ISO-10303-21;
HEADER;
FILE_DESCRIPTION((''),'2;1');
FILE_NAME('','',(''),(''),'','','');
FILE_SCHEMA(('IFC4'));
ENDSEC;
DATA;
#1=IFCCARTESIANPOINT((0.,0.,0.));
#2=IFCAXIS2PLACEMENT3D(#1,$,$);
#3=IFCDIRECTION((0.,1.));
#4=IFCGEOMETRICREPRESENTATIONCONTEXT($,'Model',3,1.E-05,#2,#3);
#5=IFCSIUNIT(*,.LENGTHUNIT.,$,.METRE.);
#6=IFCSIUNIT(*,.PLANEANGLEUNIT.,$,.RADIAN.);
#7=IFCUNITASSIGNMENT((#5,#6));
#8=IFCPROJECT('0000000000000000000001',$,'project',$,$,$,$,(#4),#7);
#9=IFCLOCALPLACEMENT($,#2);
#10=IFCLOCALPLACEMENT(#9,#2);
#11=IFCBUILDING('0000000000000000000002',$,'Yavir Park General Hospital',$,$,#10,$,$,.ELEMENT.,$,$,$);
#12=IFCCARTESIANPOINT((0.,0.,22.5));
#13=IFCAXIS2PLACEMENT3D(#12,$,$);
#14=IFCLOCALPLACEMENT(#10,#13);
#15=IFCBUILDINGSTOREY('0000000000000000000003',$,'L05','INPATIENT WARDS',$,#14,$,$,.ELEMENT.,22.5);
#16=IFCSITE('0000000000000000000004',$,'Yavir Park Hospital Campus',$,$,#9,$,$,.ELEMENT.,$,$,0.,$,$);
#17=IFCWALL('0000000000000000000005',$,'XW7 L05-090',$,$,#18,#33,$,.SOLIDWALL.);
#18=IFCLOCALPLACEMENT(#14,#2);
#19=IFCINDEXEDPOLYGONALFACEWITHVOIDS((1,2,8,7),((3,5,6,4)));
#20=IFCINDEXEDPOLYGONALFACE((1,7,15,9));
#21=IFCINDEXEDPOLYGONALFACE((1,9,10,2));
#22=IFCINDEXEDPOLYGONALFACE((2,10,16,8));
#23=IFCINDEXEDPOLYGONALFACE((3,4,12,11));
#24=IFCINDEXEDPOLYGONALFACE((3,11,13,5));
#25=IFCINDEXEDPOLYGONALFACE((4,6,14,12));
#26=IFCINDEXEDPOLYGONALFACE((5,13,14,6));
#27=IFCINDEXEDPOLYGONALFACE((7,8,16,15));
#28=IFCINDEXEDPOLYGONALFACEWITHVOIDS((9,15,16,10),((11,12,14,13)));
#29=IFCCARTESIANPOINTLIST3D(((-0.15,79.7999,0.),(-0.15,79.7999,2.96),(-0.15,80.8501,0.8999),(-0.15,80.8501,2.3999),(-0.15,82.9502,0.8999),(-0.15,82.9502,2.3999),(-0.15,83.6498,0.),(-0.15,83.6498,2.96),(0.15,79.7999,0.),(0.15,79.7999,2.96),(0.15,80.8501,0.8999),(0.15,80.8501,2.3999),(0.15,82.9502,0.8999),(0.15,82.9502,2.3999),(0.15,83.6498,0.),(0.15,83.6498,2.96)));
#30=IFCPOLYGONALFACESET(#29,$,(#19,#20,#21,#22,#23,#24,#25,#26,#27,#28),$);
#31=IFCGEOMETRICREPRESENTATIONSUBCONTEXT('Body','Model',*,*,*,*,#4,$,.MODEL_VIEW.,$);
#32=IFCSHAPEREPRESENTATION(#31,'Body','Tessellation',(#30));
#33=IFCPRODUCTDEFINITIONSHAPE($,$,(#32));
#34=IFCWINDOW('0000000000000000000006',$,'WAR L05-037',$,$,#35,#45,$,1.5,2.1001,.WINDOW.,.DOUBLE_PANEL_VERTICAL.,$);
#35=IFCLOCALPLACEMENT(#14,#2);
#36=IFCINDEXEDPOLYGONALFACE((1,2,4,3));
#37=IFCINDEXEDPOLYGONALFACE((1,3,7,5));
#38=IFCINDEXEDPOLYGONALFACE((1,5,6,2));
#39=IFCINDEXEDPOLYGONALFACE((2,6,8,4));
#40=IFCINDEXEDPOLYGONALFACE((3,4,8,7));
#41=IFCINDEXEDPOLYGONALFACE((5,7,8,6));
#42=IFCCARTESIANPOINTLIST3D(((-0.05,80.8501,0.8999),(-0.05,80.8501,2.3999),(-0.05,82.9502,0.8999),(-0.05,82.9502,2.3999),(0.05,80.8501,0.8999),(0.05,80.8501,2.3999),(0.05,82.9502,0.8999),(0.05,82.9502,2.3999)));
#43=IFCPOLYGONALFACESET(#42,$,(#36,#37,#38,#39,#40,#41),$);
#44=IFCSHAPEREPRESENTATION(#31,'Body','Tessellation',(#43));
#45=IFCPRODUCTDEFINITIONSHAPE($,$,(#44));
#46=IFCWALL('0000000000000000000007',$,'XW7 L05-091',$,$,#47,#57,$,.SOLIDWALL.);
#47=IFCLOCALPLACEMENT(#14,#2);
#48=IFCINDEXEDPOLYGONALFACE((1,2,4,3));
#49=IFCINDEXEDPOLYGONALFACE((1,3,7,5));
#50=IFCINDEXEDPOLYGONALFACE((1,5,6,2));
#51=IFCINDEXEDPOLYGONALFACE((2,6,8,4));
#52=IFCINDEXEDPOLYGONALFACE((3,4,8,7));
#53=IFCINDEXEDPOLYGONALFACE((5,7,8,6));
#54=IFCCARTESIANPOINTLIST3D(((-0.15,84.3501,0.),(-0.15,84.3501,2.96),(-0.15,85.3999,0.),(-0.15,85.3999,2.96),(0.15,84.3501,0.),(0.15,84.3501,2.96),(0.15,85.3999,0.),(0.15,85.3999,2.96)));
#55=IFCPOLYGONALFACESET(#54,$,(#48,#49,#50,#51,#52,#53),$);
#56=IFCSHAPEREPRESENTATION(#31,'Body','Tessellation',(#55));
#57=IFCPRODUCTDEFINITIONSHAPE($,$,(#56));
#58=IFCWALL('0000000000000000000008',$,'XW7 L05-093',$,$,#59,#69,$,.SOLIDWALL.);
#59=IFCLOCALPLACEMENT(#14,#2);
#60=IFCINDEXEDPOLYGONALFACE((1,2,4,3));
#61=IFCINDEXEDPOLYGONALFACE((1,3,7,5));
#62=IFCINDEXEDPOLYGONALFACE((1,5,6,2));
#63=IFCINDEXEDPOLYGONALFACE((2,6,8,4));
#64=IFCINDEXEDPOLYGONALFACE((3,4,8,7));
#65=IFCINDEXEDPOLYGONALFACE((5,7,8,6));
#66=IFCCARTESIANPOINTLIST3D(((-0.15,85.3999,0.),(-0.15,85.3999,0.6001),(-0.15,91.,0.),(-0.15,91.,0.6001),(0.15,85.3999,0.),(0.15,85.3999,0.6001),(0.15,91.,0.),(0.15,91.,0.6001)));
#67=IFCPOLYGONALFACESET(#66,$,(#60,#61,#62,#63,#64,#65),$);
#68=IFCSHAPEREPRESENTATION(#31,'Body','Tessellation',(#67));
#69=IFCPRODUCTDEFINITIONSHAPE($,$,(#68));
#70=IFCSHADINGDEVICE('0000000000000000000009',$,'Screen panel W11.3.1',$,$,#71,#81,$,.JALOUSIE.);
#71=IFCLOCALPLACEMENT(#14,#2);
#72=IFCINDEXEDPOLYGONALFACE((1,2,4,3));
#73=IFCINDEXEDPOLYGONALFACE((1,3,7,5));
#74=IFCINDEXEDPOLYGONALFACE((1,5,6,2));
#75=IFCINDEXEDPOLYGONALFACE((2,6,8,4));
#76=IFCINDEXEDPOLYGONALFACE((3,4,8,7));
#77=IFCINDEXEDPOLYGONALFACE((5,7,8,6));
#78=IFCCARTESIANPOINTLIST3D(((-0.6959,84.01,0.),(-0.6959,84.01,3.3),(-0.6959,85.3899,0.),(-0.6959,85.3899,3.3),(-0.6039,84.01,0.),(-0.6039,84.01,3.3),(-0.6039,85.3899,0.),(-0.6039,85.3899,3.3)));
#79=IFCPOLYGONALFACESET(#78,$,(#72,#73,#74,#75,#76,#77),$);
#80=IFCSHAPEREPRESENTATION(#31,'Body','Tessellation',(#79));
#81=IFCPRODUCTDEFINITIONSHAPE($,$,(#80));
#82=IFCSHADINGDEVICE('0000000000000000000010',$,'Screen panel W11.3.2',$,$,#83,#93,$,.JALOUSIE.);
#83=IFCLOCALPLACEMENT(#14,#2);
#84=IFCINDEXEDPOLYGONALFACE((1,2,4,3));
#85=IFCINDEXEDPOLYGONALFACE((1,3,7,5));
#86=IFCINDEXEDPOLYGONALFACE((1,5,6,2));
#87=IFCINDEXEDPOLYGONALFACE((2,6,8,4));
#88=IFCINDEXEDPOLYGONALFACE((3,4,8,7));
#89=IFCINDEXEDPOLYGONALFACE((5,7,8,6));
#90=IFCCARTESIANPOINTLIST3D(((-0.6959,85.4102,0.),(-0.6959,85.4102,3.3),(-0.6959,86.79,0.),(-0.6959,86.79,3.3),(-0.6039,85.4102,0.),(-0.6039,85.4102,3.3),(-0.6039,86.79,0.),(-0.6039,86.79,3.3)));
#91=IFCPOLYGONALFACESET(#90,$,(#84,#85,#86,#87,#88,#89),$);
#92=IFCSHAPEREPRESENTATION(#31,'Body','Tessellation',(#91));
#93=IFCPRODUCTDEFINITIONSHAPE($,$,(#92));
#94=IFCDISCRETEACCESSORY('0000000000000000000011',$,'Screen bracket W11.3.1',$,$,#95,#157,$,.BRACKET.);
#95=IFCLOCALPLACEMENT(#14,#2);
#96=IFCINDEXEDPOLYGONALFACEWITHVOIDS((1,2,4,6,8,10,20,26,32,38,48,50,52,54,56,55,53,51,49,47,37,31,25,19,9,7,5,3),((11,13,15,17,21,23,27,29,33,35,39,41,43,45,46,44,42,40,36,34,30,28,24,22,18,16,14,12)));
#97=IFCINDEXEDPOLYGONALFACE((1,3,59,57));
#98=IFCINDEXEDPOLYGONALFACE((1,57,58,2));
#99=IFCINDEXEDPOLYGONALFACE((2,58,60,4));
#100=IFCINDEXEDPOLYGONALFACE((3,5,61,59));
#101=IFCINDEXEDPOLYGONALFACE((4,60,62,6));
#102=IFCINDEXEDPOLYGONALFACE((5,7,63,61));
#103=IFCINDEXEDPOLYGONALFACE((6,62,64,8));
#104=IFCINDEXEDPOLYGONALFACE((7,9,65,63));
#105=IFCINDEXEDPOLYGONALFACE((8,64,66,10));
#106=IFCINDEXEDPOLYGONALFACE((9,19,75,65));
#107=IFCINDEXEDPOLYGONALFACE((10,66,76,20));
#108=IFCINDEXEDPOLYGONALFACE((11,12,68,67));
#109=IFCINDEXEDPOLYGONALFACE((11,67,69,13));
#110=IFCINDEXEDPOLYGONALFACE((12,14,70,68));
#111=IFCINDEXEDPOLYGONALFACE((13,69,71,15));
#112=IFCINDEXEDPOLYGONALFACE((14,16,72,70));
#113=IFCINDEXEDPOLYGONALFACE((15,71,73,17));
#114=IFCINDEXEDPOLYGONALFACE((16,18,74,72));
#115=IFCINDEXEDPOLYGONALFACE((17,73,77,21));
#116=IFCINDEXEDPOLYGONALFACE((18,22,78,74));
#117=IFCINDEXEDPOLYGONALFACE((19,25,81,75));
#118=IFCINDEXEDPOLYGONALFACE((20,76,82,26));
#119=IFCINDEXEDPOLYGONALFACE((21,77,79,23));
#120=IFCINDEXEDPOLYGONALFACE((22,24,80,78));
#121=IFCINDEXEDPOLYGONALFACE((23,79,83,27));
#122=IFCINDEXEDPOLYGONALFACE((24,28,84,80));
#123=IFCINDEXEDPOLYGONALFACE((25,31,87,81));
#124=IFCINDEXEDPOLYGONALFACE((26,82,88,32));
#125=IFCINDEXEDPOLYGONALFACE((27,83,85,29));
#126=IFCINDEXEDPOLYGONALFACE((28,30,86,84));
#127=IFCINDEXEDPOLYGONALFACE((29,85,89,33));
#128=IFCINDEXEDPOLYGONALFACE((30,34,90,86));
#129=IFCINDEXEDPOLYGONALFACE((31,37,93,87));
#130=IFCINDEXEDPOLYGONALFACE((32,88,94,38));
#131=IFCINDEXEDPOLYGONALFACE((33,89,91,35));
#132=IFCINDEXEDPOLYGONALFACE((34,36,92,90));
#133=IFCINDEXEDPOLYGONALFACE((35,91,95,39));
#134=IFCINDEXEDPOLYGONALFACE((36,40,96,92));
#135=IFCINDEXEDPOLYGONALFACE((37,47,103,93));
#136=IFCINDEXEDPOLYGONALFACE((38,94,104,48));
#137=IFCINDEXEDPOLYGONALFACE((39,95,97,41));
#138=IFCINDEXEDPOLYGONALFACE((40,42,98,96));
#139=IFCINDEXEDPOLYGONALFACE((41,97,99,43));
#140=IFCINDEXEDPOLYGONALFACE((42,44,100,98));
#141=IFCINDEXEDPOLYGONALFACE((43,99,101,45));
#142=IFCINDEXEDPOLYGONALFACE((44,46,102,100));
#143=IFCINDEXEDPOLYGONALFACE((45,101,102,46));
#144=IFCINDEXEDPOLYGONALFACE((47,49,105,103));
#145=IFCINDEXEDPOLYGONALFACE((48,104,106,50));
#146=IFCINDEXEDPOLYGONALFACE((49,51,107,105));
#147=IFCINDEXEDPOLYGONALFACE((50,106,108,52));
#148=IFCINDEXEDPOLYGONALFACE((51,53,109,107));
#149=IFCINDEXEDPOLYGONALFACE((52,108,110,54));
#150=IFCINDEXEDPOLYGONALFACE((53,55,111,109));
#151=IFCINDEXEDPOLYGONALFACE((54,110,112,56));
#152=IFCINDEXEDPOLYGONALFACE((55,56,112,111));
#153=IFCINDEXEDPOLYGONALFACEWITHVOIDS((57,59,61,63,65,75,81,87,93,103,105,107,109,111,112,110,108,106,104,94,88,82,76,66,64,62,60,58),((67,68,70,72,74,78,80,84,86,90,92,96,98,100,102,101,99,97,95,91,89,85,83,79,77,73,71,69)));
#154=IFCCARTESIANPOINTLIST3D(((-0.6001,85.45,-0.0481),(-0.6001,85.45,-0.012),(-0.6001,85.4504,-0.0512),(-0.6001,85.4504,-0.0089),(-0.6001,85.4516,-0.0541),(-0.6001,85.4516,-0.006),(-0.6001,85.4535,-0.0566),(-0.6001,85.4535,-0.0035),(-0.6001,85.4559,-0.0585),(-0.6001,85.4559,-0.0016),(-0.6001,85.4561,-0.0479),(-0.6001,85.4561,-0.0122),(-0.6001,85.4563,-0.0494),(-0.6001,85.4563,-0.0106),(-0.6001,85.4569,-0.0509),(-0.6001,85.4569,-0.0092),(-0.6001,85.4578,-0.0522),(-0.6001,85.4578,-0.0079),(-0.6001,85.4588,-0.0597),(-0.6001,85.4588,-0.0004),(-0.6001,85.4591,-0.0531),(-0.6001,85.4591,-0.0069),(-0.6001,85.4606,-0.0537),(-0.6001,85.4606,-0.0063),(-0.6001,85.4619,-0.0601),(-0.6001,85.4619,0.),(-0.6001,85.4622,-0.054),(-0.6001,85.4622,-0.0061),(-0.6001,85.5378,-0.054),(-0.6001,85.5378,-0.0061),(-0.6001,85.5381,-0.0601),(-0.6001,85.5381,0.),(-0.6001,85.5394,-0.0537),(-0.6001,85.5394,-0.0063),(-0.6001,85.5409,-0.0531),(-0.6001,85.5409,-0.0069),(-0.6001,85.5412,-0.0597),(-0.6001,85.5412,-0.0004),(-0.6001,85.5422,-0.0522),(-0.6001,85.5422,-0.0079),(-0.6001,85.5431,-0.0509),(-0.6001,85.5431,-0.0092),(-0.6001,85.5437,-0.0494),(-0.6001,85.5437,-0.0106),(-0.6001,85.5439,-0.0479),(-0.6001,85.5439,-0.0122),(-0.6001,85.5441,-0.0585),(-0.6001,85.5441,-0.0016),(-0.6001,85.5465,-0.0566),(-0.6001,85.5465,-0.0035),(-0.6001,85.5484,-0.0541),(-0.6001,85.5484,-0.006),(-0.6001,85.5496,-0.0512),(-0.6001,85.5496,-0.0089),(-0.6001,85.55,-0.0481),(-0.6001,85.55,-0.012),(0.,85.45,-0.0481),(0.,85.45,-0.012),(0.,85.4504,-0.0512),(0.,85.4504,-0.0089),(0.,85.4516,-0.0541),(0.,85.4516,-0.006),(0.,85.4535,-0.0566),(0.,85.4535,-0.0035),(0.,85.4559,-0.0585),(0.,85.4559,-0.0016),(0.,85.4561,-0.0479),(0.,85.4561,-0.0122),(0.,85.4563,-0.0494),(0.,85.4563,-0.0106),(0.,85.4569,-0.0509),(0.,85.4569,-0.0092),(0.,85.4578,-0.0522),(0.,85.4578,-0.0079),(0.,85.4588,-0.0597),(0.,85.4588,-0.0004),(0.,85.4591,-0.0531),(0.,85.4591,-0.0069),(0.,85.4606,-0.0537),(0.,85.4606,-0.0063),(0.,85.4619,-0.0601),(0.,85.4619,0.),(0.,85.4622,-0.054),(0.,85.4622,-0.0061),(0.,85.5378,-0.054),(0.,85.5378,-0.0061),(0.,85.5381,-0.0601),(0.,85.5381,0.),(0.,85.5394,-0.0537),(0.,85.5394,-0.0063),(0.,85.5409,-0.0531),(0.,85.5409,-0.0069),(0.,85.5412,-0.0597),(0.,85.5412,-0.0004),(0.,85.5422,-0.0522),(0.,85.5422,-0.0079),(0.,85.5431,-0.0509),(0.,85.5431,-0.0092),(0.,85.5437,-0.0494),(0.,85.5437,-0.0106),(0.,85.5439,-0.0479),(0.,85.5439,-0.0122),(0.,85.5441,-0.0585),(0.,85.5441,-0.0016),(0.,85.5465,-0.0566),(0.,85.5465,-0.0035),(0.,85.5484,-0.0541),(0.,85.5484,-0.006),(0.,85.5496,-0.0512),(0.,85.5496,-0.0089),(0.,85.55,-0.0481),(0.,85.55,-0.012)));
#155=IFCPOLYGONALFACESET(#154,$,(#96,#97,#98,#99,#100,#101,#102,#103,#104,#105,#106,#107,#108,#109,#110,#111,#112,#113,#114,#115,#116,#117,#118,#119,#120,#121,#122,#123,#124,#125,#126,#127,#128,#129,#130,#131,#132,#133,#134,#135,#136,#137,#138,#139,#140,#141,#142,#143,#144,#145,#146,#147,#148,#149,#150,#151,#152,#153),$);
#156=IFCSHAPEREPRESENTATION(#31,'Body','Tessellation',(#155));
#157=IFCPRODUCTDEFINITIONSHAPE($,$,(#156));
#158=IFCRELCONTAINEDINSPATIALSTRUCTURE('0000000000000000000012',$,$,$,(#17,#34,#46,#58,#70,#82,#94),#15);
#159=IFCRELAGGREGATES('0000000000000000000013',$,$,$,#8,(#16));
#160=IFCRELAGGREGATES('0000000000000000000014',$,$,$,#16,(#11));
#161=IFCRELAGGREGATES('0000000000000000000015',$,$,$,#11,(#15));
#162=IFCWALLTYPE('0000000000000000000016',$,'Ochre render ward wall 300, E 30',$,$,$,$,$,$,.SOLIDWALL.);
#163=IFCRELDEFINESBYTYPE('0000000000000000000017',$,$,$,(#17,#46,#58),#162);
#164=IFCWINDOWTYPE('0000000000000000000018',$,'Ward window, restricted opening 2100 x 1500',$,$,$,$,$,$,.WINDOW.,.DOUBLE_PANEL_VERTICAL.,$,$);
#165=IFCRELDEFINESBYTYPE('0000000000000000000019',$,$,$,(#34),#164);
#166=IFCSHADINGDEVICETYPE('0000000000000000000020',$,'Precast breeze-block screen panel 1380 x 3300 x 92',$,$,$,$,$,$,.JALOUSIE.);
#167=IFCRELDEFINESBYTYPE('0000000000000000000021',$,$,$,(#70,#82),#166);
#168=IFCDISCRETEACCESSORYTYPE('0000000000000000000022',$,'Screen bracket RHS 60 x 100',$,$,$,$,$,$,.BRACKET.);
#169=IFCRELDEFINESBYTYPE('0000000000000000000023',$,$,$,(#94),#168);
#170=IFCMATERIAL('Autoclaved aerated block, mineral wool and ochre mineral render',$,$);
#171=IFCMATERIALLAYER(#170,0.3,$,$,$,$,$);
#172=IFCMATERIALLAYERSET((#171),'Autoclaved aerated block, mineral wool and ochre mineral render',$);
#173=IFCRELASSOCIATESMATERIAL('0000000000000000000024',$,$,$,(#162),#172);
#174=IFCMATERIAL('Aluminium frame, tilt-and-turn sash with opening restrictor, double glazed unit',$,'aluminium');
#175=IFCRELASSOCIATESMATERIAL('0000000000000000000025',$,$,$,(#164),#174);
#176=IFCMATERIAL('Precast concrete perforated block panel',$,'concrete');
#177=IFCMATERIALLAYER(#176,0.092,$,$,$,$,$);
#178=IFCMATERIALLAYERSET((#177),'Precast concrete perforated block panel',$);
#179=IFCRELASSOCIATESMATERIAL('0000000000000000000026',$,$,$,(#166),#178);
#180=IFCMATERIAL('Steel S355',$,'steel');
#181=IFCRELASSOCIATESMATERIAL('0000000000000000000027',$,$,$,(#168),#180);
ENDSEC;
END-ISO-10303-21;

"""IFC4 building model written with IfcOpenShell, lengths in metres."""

from ifc_helpers import new_model, si_unit, direction, frame, frame_2d, origin, origin_2d, place, context, subcontext, project, spatial, rectangle, hollow_rectangle, extrude, material, layer, layer_set, material_profile, profile_set, type_object, element, fill, save


model = new_model("IFC4")

# Units and contexts
model_context = context("Model", 3, precision=1e-05, world=origin(), true_north=direction((0.0, 1.0)))
body_context = subcontext(model_context, "Body", "Model", "MODEL_VIEW")
ifc_project = project(units=[si_unit("LENGTHUNIT", "METRE"), si_unit("PLANEANGLEUNIT", "RADIAN")], contexts=[model_context])

# Site, building, storey
site_placement = place(None, origin())
site = spatial("IfcSite", under=ifc_project, at=site_placement, Name="Yavir Park Hospital Campus", CompositionType="ELEMENT", RefElevation=0.0)
building_placement = place(site_placement, origin())
building = spatial("IfcBuilding", under=site, at=building_placement, Name="Yavir Park General Hospital", CompositionType="ELEMENT")
storey_placement = place(building_placement, frame((0.0, 0.0, 22.5)))
storey = spatial("IfcBuildingStorey", under=building, at=storey_placement, Name="L05", Description="INPATIENT WARDS", CompositionType="ELEMENT", Elevation=22.5)

# Wall, opening, window
ifc_material_1 = material(Name="Autoclaved aerated block, mineral wool and ochre mineral render")
ifc_layer_1 = layer(ifc_material_1, 0.3)
ifc_layer_set_1 = layer_set([ifc_layer_1], Name="Autoclaved aerated block, mineral wool and ochre mineral render")
wall_type = type_object("IfcWallType", Name="Ochre render ward wall 300, E 30", PredefinedType="SOLIDWALL", material=ifc_layer_set_1)
ifc_material_2 = material(Name="Aluminium frame, tilt-and-turn sash with opening restrictor, double glazed unit", Category="aluminium")
window_type = type_object("IfcWindowType", Name="Ward window, restricted opening 2100 x 1500", PartitioningType="DOUBLE_PANEL_VERTICAL", PredefinedType="WINDOW", material=ifc_material_2)
wall_1_placement = place(storey_placement, frame((0.0, 79.8, 0.0), z_axis=(0.0, 0.0, 1.0), x_axis=(0.0, 1.0, 0.0)))
wall_1 = element("IfcWall", 1, at=wall_1_placement, inside=storey, type_object=wall_type, Name="XW7 L05-090", PredefinedType="SOLIDWALL", context=body_context, shape_type="SweptSolid", body=[
    extrude(rectangle(XDim=3.8499, YDim=0.3, at=frame_2d((1.9248, 0.0))), origin(), (0.0, 0.0, 1.0), 2.96),
])
opening_1_placement = place(wall_1_placement, frame((1.05, 0.0, 0.8999)))
opening_1 = element("IfcOpeningElement", 2, at=opening_1_placement, cuts=wall_1, PredefinedType="OPENING", context=body_context, shape_type="SweptSolid", body=[
    extrude(rectangle(XDim=2.1001, YDim=1.5, at=frame_2d((1.05, 0.75))), frame((0.0, 0.1599, 0.0), z_axis=(0.0, -1.0, 0.0), x_axis=(1.0, 0.0, 0.0)), (0.0, 0.0, 1.0), 0.3201),
])
window_1_placement = place(opening_1_placement, origin())
window_1 = element("IfcWindow", 3, at=window_1_placement, inside=storey, type_object=window_type, Name="WAR L05-037", OverallHeight=1.5, OverallWidth=2.1001, PartitioningType="DOUBLE_PANEL_VERTICAL", PredefinedType="WINDOW", context=body_context, shape_type="SweptSolid", body=[
    extrude(rectangle(XDim=2.1001, YDim=1.5, at=frame_2d((1.05, 0.75))), frame((0.0, 0.05, 0.0), z_axis=(0.0, -1.0, 0.0), x_axis=(1.0, 0.0, 0.0)), (0.0, 0.0, 1.0), 0.1001),
])
fill(opening_1, window_1)

# Walls
wall_2_placement = place(storey_placement, frame((0.0, 84.3501, 0.0), z_axis=(0.0, 0.0, 1.0), x_axis=(0.0, 1.0, 0.0)))
element("IfcWall", 4, at=wall_2_placement, inside=storey, type_object=wall_type, Name="XW7 L05-091", PredefinedType="SOLIDWALL", context=body_context, shape_type="SweptSolid", body=[
    extrude(rectangle(XDim=1.0498, YDim=0.3, at=frame_2d((0.5249, 0.0))), origin(), (0.0, 0.0, 1.0), 2.96),
])
wall_3_placement = place(storey_placement, frame((0.0, 85.3999, 0.0), z_axis=(0.0, 0.0, 1.0), x_axis=(0.0, 1.0, 0.0)))
element("IfcWall", 5, at=wall_3_placement, inside=storey, type_object=wall_type, Name="XW7 L05-093", PredefinedType="SOLIDWALL", context=body_context, shape_type="SweptSolid", body=[
    extrude(rectangle(XDim=5.6001, YDim=0.3, at=frame_2d((2.8, 0.0))), origin(), (0.0, 0.0, 1.0), 0.6001),
])

# Shading devices
ifc_material_3 = material(Name="Precast concrete perforated block panel", Category="concrete")
ifc_layer_2 = layer(ifc_material_3, 0.092)
ifc_layer_set_2 = layer_set([ifc_layer_2], Name="Precast concrete perforated block panel")
shading_device_type = type_object("IfcShadingDeviceType", Name="Precast breeze-block screen panel 1380 x 3300 x 92", PredefinedType="JALOUSIE", material=ifc_layer_set_2)
for number, where, z_axis, x_axis, name in (
    (6, (-0.6499, 84.7, 0.0), (0.0, 0.0, 1.0), (1.0, 0.0, 0.0), "Screen panel W11.3.1"),
    (7, (-0.6499, 86.1001, 0.0), (0.0, 0.0, 1.0), (1.0, 0.0, 0.0), "Screen panel W11.3.2"),
):
    element("IfcShadingDevice", number, at=place(storey_placement, frame(where, z_axis=z_axis, x_axis=x_axis)), inside=storey, type_object=shading_device_type, Name=name, PredefinedType="JALOUSIE", context=body_context, shape_type="SweptSolid", body=[
        extrude(rectangle(XDim=0.092, YDim=1.3799, at=origin_2d()), origin(), (0.0, 0.0, 1.0), 3.3),
    ])

# Discrete accessory
ifc_material_4 = material(Name="Steel S355", Category="steel")
ifc_material_profile_1 = material_profile(ifc_material_4, hollow_rectangle(XDim=0.1001, YDim=0.0601, WallThickness=0.0061, InnerFilletRadius=0.0061, OuterFilletRadius=0.012, at=origin_2d()), Name="RHS60x100x6")
ifc_profile_set_1 = profile_set([ifc_material_profile_1], Name="Steel S355")
discrete_accessory_type_1 = type_object("IfcDiscreteAccessoryType", Name="Screen bracket RHS 60 x 100", PredefinedType="BRACKET", material=ifc_profile_set_1)
discrete_accessory_1_placement = place(storey_placement, frame((0.0, 85.5, -0.03), z_axis=(-1.0, 0.0, 0.0), x_axis=(0.0, -1.0, 0.0)))
element("IfcDiscreteAccessory", 8, at=discrete_accessory_1_placement, inside=storey, type_object=discrete_accessory_type_1, Name="Screen bracket W11.3.1", PredefinedType="BRACKET", context=body_context, shape_type="SweptSolid", body=[
    extrude(hollow_rectangle(XDim=0.1001, YDim=0.0601, WallThickness=0.0061, InnerFilletRadius=0.0061, OuterFilletRadius=0.012, at=origin_2d()), origin(), (0.0, 0.0, 1.0), 0.6001),
])

save(model, "model.ifc")
